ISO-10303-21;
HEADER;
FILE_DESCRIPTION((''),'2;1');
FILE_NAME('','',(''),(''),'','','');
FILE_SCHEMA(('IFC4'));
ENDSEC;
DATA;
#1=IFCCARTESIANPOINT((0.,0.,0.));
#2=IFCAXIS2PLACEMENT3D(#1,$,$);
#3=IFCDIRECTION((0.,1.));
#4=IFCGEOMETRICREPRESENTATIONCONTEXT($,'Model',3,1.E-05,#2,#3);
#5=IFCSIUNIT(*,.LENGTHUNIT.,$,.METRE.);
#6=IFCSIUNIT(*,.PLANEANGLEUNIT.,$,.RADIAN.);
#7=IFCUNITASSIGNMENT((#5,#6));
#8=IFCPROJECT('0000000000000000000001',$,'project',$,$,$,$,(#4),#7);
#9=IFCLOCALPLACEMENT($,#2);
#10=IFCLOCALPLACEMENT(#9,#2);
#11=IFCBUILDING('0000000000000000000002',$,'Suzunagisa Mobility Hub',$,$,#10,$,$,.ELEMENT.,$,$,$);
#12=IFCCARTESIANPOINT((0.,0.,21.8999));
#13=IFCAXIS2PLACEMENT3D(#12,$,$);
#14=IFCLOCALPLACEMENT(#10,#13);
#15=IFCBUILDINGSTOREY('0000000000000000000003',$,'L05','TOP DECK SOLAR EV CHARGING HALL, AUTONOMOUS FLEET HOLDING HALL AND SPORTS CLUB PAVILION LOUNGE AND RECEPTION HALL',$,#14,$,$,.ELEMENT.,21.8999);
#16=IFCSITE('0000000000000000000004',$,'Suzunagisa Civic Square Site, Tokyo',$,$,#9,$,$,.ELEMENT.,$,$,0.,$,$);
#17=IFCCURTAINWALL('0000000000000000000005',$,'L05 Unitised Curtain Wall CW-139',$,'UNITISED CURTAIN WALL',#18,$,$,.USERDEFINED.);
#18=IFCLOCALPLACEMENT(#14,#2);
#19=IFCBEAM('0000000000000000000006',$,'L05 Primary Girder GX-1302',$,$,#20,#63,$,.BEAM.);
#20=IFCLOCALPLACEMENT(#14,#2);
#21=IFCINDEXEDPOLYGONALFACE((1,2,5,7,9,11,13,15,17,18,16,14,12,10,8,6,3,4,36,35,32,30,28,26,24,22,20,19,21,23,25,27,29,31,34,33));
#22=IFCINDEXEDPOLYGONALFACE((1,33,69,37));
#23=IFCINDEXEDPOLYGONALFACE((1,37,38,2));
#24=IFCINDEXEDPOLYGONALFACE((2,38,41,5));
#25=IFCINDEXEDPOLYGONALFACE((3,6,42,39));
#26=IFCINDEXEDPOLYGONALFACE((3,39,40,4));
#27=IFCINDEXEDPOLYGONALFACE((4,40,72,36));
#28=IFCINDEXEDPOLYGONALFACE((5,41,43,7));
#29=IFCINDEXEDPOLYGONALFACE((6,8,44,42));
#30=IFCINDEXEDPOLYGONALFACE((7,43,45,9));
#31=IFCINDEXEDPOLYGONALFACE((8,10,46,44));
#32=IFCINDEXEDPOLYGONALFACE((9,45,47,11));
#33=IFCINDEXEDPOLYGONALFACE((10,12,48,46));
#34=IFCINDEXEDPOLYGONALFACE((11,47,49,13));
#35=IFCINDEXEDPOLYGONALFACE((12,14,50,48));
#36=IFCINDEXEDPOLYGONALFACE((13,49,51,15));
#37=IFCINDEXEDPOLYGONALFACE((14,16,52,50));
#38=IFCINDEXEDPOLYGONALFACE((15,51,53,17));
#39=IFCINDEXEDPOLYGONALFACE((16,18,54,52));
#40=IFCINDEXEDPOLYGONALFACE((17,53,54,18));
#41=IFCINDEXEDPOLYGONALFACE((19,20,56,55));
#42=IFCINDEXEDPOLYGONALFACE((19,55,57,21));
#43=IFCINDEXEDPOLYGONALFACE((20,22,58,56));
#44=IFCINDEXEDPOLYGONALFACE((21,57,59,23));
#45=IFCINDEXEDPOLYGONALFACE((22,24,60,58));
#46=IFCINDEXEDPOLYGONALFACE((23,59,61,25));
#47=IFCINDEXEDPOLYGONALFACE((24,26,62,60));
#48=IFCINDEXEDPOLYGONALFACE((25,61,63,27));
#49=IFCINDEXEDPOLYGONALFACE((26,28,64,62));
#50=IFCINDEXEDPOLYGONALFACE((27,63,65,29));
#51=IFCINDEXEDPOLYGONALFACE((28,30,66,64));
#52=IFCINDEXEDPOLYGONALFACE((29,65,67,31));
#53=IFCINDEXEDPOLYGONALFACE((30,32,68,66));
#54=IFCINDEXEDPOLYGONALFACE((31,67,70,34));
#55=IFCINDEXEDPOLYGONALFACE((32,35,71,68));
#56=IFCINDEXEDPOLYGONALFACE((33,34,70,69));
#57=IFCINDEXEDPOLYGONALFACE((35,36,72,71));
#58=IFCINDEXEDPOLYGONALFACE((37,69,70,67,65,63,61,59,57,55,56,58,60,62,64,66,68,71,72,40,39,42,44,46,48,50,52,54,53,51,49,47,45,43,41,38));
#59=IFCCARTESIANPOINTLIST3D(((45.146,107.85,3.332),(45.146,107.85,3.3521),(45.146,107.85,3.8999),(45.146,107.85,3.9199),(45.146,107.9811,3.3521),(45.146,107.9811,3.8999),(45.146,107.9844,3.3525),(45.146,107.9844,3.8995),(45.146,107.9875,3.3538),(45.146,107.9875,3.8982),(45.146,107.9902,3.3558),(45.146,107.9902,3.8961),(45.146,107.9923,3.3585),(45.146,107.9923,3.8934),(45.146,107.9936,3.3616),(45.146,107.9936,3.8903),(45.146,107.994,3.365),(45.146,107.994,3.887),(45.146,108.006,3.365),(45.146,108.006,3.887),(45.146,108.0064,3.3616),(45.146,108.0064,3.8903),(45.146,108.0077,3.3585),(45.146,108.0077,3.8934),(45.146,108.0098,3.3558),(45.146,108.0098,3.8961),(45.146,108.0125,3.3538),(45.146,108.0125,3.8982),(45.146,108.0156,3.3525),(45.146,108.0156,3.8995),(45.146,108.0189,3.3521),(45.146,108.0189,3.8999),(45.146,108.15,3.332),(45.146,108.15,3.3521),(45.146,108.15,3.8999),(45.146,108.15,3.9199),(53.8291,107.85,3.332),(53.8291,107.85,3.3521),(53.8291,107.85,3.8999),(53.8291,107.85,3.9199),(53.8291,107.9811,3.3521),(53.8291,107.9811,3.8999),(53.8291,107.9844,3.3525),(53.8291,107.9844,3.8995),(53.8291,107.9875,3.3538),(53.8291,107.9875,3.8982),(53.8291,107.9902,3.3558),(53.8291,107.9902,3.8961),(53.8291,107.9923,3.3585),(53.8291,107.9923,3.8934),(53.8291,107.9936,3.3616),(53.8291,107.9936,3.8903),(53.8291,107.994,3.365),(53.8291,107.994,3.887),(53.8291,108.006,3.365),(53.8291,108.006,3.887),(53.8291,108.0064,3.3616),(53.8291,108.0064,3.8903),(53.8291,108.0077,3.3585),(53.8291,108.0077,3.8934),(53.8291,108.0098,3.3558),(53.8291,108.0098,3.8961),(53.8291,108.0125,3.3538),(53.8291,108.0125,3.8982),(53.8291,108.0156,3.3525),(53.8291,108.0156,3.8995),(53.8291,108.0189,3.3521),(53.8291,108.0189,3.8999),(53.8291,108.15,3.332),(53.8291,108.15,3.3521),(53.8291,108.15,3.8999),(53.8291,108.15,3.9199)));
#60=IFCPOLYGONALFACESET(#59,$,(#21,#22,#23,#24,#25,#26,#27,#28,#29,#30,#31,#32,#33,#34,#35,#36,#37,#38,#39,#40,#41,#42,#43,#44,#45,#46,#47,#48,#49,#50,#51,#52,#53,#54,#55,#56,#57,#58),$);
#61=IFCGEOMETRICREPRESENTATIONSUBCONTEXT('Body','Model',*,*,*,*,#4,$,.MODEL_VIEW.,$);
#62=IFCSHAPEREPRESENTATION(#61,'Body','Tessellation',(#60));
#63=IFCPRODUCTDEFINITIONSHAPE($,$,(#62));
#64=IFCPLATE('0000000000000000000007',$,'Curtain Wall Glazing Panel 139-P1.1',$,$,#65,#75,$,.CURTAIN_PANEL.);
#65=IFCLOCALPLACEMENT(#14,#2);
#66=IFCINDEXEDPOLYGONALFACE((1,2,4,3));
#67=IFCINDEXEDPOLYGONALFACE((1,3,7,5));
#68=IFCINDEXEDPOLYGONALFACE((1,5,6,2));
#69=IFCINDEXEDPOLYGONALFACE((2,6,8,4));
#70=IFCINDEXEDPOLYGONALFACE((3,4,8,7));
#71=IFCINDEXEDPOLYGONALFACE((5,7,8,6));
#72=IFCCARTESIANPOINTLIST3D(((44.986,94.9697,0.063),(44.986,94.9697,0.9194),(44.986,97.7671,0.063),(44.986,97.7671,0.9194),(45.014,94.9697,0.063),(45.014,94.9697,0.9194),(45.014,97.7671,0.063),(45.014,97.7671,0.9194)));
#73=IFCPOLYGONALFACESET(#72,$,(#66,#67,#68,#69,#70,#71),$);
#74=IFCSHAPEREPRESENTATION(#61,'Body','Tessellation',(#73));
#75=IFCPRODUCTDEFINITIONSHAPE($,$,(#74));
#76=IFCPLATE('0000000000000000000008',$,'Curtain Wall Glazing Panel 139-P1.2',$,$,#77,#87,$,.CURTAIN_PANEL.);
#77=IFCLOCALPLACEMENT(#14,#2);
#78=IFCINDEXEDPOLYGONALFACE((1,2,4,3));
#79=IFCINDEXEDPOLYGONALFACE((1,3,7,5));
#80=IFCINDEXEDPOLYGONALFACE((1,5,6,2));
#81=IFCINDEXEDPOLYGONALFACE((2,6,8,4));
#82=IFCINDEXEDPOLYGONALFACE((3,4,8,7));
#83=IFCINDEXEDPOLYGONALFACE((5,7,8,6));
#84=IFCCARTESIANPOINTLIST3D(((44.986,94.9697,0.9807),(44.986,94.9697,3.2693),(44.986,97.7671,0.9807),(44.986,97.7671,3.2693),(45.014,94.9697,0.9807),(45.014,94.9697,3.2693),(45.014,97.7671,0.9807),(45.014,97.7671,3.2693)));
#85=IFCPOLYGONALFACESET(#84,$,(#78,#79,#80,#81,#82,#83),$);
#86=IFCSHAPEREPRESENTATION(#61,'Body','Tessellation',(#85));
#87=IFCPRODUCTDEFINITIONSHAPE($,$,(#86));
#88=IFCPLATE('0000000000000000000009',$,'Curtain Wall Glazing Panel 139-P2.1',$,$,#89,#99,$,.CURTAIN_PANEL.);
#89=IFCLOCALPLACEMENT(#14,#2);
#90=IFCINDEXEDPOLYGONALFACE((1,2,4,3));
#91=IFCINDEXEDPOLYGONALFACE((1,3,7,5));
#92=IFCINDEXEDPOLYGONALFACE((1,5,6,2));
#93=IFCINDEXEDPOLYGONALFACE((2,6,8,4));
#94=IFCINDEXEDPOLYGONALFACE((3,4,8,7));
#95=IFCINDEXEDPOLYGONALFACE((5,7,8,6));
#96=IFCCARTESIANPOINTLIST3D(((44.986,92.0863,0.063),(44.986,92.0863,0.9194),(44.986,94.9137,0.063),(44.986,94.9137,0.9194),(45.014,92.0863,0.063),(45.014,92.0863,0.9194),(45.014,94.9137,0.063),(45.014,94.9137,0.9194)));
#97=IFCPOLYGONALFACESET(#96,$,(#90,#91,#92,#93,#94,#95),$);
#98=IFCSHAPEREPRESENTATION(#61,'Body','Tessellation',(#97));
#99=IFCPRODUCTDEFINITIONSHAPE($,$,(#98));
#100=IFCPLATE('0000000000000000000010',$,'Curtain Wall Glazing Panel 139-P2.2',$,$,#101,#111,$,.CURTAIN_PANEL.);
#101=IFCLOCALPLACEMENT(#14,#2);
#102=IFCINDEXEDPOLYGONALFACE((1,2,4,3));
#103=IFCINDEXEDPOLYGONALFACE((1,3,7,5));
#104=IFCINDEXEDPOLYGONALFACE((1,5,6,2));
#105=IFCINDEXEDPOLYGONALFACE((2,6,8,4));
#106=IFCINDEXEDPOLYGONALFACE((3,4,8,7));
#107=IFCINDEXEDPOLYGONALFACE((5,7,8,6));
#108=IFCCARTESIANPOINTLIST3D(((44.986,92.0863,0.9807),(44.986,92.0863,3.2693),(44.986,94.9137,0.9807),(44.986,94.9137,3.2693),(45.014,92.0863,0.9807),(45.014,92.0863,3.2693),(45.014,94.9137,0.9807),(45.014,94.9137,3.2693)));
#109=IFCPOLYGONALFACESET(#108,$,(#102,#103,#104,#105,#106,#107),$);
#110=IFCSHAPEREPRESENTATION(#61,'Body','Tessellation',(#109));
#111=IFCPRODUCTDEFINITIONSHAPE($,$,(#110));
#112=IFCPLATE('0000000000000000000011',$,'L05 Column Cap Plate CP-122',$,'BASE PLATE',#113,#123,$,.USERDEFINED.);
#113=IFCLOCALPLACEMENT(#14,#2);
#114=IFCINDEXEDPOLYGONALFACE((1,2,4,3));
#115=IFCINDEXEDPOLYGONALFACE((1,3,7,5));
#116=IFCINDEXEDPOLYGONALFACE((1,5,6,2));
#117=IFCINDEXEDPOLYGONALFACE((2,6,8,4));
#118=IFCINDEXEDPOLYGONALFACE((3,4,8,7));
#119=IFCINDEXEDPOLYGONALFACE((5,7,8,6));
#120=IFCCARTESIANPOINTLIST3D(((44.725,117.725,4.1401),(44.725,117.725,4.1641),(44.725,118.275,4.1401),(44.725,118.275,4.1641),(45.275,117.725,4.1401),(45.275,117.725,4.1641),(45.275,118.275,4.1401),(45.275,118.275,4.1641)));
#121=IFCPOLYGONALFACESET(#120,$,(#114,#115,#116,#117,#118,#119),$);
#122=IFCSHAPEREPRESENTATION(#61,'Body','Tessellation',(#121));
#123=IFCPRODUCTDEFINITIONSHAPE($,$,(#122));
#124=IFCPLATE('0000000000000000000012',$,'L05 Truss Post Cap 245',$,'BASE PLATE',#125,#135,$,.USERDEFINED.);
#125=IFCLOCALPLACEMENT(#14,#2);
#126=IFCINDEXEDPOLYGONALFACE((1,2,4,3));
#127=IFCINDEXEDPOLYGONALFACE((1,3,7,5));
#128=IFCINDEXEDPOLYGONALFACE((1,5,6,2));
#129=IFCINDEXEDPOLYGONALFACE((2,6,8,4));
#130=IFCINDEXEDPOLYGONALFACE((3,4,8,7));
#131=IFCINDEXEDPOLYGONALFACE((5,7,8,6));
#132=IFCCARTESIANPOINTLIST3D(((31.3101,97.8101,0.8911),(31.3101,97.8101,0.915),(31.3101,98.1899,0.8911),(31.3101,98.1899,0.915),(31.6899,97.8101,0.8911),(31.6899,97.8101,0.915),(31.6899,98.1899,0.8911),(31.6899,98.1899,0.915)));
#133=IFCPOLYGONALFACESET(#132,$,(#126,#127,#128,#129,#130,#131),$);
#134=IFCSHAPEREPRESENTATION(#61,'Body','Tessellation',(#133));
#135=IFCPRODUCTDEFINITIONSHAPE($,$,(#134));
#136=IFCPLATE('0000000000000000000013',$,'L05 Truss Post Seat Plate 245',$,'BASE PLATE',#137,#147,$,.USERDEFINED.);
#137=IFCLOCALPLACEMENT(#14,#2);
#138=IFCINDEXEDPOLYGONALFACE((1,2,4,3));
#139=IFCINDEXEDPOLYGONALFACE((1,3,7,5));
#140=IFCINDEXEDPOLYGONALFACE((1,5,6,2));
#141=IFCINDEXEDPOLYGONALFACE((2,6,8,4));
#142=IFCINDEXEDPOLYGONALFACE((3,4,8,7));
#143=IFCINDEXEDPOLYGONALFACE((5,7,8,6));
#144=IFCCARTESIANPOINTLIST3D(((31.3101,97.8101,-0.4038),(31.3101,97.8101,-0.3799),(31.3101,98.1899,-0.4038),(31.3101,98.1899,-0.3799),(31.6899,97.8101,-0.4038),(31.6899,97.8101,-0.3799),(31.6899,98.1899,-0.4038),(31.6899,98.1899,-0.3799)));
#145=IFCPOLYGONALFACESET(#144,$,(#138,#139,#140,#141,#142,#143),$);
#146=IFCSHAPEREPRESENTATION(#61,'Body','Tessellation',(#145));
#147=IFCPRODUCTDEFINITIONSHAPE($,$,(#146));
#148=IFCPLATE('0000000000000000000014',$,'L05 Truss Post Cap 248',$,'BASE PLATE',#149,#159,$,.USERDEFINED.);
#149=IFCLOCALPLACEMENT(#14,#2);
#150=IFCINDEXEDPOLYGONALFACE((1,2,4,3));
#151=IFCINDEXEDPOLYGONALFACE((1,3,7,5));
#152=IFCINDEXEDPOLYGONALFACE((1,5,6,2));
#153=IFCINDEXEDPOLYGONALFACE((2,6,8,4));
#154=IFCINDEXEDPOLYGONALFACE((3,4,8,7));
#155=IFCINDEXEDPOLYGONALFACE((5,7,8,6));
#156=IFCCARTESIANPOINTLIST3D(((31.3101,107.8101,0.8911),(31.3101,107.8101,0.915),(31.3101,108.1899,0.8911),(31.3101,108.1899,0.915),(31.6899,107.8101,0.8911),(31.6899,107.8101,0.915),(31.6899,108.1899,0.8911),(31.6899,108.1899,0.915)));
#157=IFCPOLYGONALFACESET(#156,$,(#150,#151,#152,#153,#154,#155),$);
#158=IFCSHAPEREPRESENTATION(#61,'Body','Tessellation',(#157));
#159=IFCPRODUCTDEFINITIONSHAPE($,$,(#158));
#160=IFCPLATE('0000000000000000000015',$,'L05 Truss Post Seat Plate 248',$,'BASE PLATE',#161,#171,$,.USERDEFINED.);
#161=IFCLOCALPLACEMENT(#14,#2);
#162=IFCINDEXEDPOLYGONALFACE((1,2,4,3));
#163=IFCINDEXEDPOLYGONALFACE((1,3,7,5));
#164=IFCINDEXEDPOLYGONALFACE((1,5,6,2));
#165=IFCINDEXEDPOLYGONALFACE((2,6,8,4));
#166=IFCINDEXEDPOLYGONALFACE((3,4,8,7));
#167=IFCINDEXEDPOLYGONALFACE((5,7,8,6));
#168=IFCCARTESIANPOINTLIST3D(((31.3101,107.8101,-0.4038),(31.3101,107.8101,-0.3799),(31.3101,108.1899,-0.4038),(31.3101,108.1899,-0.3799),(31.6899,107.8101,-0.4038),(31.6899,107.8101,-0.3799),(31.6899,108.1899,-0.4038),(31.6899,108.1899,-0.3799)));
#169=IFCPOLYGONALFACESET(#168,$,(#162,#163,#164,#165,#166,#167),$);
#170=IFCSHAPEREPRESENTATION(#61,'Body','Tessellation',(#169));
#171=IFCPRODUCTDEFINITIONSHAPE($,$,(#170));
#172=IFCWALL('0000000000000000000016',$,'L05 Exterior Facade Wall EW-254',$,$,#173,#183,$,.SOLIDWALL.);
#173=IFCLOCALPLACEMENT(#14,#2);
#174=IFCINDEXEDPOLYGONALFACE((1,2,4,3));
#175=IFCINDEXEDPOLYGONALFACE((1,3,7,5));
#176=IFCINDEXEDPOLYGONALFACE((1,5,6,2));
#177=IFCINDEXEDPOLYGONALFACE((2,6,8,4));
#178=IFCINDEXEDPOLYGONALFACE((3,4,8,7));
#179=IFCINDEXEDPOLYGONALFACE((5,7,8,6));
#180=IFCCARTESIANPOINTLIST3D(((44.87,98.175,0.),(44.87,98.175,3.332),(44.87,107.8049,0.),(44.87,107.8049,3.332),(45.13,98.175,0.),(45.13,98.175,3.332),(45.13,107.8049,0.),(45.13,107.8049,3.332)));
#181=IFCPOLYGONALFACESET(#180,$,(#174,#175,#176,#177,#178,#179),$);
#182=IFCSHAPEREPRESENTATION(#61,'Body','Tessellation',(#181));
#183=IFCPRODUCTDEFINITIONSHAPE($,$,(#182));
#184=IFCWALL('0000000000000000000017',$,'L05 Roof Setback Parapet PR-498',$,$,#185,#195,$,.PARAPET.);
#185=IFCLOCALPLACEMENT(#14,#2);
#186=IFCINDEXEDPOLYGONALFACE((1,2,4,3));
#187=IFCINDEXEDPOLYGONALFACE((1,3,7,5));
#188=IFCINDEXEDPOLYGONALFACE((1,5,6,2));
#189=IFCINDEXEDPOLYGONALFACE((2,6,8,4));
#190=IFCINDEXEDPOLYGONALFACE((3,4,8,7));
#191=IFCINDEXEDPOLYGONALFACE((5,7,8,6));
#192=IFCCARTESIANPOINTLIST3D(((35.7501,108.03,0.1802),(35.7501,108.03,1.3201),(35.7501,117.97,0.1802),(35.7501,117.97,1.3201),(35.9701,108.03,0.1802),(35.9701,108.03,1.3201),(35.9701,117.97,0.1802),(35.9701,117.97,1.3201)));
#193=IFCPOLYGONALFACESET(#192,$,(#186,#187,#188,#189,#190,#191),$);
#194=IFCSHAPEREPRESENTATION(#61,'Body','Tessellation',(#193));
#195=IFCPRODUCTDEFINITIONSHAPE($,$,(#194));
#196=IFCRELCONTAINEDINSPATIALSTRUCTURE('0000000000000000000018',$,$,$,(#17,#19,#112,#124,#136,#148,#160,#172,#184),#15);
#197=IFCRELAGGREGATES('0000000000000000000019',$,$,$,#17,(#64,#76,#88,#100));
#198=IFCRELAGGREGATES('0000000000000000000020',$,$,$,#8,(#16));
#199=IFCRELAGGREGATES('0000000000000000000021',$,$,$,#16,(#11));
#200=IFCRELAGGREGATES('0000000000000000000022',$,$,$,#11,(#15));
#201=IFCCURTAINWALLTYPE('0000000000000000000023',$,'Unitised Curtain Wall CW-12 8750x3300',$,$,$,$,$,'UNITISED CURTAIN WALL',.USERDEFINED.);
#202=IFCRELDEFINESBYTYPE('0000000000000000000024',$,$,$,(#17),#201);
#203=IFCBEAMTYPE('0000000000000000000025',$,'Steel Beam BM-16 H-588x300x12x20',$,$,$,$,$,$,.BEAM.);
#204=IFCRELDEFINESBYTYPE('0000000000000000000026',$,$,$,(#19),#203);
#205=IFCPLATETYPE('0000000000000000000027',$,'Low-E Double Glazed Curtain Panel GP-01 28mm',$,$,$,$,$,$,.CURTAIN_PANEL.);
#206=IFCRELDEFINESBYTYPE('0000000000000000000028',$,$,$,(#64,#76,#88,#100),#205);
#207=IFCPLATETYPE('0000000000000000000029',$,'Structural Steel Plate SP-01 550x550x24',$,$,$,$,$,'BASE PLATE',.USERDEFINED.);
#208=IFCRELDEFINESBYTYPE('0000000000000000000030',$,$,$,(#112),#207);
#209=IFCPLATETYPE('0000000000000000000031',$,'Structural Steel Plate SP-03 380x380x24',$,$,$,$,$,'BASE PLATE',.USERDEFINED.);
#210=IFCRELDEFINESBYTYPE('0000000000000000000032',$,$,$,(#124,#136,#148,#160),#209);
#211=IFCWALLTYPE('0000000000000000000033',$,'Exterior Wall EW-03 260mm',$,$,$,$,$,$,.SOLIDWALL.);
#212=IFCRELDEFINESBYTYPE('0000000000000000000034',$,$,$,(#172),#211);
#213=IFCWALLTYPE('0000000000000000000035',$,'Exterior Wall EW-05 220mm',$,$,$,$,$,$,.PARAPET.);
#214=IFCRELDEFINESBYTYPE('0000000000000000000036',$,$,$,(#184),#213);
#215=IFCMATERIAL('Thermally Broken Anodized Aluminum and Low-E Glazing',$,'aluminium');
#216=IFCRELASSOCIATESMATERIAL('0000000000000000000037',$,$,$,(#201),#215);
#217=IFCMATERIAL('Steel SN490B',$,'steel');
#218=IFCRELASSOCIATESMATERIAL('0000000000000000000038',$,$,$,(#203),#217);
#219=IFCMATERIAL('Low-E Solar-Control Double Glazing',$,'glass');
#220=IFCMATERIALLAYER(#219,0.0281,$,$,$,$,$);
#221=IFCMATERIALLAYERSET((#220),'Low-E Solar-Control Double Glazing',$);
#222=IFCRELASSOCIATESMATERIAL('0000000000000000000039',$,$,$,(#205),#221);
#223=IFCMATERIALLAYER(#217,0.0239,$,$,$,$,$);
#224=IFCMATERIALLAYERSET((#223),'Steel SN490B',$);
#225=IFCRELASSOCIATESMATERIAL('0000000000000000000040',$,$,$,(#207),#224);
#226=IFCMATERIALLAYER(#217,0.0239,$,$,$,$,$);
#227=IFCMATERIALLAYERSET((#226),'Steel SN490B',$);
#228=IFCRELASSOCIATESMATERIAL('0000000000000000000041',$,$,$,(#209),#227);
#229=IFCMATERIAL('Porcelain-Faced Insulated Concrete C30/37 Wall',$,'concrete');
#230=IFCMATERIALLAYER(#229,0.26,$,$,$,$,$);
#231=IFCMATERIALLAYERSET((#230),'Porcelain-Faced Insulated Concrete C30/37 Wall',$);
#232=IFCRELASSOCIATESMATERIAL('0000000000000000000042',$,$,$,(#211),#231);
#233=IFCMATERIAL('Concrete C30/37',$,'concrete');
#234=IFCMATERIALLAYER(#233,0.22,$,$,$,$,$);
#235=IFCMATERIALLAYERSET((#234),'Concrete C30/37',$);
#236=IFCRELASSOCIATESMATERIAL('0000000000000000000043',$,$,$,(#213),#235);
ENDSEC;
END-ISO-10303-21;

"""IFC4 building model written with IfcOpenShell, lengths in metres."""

from ifc_helpers import new_model, si_unit, direction, frame, frame_2d, origin, origin_2d, place, context, subcontext, project, spatial, rectangle, i_section, extrude, material, layer, layer_set, material_profile, profile_set, type_object, element, aggregate, save


model = new_model("IFC4")

# Units and contexts
model_context = context("Model", 3, precision=1e-05, world=origin(), true_north=direction((0.0, 1.0)))
body_context = subcontext(model_context, "Body", "Model", "MODEL_VIEW")
ifc_project = project(units=[si_unit("LENGTHUNIT", "METRE"), si_unit("PLANEANGLEUNIT", "RADIAN")], contexts=[model_context])

# Site, building, storey
site_placement = place(None, origin())
site = spatial("IfcSite", under=ifc_project, at=site_placement, Name="Suzunagisa Civic Square Site, Tokyo", CompositionType="ELEMENT", RefElevation=0.0)
building_placement = place(site_placement, origin())
building = spatial("IfcBuilding", under=site, at=building_placement, Name="Suzunagisa Mobility Hub", CompositionType="ELEMENT")
storey_placement = place(building_placement, frame((0.0, 0.0, 21.8999)))
storey = spatial("IfcBuildingStorey", under=building, at=storey_placement, Name="L05", Description="TOP DECK SOLAR EV CHARGING HALL, AUTONOMOUS FLEET HOLDING HALL AND SPORTS CLUB PAVILION LOUNGE AND RECEPTION HALL", CompositionType="ELEMENT", Elevation=21.8999)

# Shared definitions
ifc_material_1 = material(Name="Steel SN490B", Category="steel")

# Curtain wall
ifc_material_2 = material(Name="Thermally Broken Anodized Aluminum and Low-E Glazing", Category="aluminium")
curtain_wall_type = type_object("IfcCurtainWallType", Name="Unitised Curtain Wall CW-12 8750x3300", ElementType="UNITISED CURTAIN WALL", PredefinedType="USERDEFINED", material=ifc_material_2)
curtain_wall_placement = place(storey_placement, origin())
curtain_wall = element("IfcCurtainWall", 1, at=curtain_wall_placement, inside=storey, type_object=curtain_wall_type, Name="L05 Unitised Curtain Wall CW-139", ObjectType="UNITISED CURTAIN WALL", PredefinedType="USERDEFINED")

# Beam
ifc_material_profile_1 = material_profile(ifc_material_1, i_section(OverallWidth=0.3, OverallDepth=0.5879, WebThickness=0.012, FlangeThickness=0.02, FilletRadius=0.0129, at=origin_2d()), Name="H-588x300x12x20")
ifc_profile_set_1 = profile_set([ifc_material_profile_1], Name="Steel SN490B")
beam_type_1 = type_object("IfcBeamType", Name="Steel Beam BM-16 H-588x300x12x20", PredefinedType="BEAM", material=ifc_profile_set_1)
beam_1_placement = place(storey_placement, frame((45.146, 108.0, 3.626), z_axis=(1.0, 0.0, 0.0), x_axis=(0.0, 1.0, 0.0)))
element("IfcBeam", 2, at=beam_1_placement, inside=storey, type_object=beam_type_1, Name="L05 Primary Girder GX-1302", PredefinedType="BEAM", context=body_context, shape_type="SweptSolid", body=[
    extrude(i_section(OverallWidth=0.3, OverallDepth=0.5879, WebThickness=0.012, FlangeThickness=0.02, FilletRadius=0.0129, at=origin_2d()), origin(), (0.0, 0.0, 1.0), 8.6831),
])

# Plates
ifc_material_3 = material(Name="Low-E Solar-Control Double Glazing", Category="glass")
ifc_layer_1 = layer(ifc_material_3, 0.0281)
ifc_layer_set_1 = layer_set([ifc_layer_1], Name="Low-E Solar-Control Double Glazing")
plate_type_1 = type_object("IfcPlateType", Name="Low-E Double Glazed Curtain Panel GP-01 28mm", PredefinedType="CURTAIN_PANEL", material=ifc_layer_set_1)
plate_1_placement = place(storey_placement, frame((45.0, 96.3684, 0.063), z_axis=(0.0, 0.0, 1.0), x_axis=(0.0, -1.0, 0.0)))
plate_1 = element("IfcPlate", 3, at=plate_1_placement, type_object=plate_type_1, Name="Curtain Wall Glazing Panel 139-P1.1", PredefinedType="CURTAIN_PANEL", context=body_context, shape_type="SweptSolid", body=[
    extrude(rectangle(XDim=2.7974, YDim=0.0281, at=origin_2d()), origin(), (0.0, 0.0, 1.0), 0.8564),
])
plate_2_placement = place(storey_placement, frame((45.0, 96.3684, 0.9807), z_axis=(0.0, 0.0, 1.0), x_axis=(0.0, -1.0, 0.0)))
plate_2 = element("IfcPlate", 4, at=plate_2_placement, type_object=plate_type_1, Name="Curtain Wall Glazing Panel 139-P1.2", PredefinedType="CURTAIN_PANEL", context=body_context, shape_type="SweptSolid", body=[
    extrude(rectangle(XDim=2.7974, YDim=0.0281, at=origin_2d()), origin(), (0.0, 0.0, 1.0), 2.2886),
])
plate_3_placement = place(storey_placement, frame((45.0, 93.5, 0.063), z_axis=(0.0, 0.0, 1.0), x_axis=(0.0, -1.0, 0.0)))
plate_3 = element("IfcPlate", 5, at=plate_3_placement, type_object=plate_type_1, Name="Curtain Wall Glazing Panel 139-P2.1", PredefinedType="CURTAIN_PANEL", context=body_context, shape_type="SweptSolid", body=[
    extrude(rectangle(XDim=2.8274, YDim=0.0281, at=origin_2d()), origin(), (0.0, 0.0, 1.0), 0.8564),
])
plate_4_placement = place(storey_placement, frame((45.0, 93.5, 0.9807), z_axis=(0.0, 0.0, 1.0), x_axis=(0.0, -1.0, 0.0)))
plate_4 = element("IfcPlate", 6, at=plate_4_placement, type_object=plate_type_1, Name="Curtain Wall Glazing Panel 139-P2.2", PredefinedType="CURTAIN_PANEL", context=body_context, shape_type="SweptSolid", body=[
    extrude(rectangle(XDim=2.8274, YDim=0.0281, at=origin_2d()), origin(), (0.0, 0.0, 1.0), 2.2886),
])
aggregate(curtain_wall, [plate_1, plate_2, plate_3, plate_4])

# Plates
ifc_layer_2 = layer(ifc_material_1, 0.0239)
ifc_layer_set_2 = layer_set([ifc_layer_2], Name="Steel SN490B")
plate_type_2 = type_object("IfcPlateType", Name="Structural Steel Plate SP-01 550x550x24", ElementType="BASE PLATE", PredefinedType="USERDEFINED", material=ifc_layer_set_2)
plate_5_placement = place(storey_placement, frame((45.0, 118.0, 4.1401), z_axis=(0.0, 0.0, 1.0), x_axis=(1.0, 0.0, 0.0)))
element("IfcPlate", 7, at=plate_5_placement, inside=storey, type_object=plate_type_2, Name="L05 Column Cap Plate CP-122", ObjectType="BASE PLATE", PredefinedType="USERDEFINED", context=body_context, shape_type="SweptSolid", body=[
    extrude(rectangle(XDim=0.55, YDim=0.55, at=origin_2d()), origin(), (0.0, 0.0, 1.0), 0.0239),
])
ifc_layer_3 = layer(ifc_material_1, 0.0239)
ifc_layer_set_3 = layer_set([ifc_layer_3], Name="Steel SN490B")
plate_type_3 = type_object("IfcPlateType", Name="Structural Steel Plate SP-03 380x380x24", ElementType="BASE PLATE", PredefinedType="USERDEFINED", material=ifc_layer_set_3)
for number, where, z_axis, x_axis, name in (
    (8, (31.5, 98.0, 0.8911), (0.0, 0.0, 1.0), (1.0, 0.0, 0.0), "L05 Truss Post Cap 245"),
    (9, (31.5, 98.0, -0.4038), (0.0, 0.0, 1.0), (1.0, 0.0, 0.0), "L05 Truss Post Seat Plate 245"),
    (10, (31.5, 108.0, 0.8911), (0.0, 0.0, 1.0), (1.0, 0.0, 0.0), "L05 Truss Post Cap 248"),
    (11, (31.5, 108.0, -0.4038), (0.0, 0.0, 1.0), (1.0, 0.0, 0.0), "L05 Truss Post Seat Plate 248"),
):
    element("IfcPlate", number, at=place(storey_placement, frame(where, z_axis=z_axis, x_axis=x_axis)), inside=storey, type_object=plate_type_3, Name=name, ObjectType="BASE PLATE", PredefinedType="USERDEFINED", context=body_context, shape_type="SweptSolid", body=[
        extrude(rectangle(XDim=0.3799, YDim=0.3799, at=origin_2d()), origin(), (0.0, 0.0, 1.0), 0.0239),
    ])

# Walls
ifc_material_4 = material(Name="Porcelain-Faced Insulated Concrete C30/37 Wall", Category="concrete")
ifc_layer_4 = layer(ifc_material_4, 0.26)
ifc_layer_set_4 = layer_set([ifc_layer_4], Name="Porcelain-Faced Insulated Concrete C30/37 Wall")
wall_type_1 = type_object("IfcWallType", Name="Exterior Wall EW-03 260mm", PredefinedType="SOLIDWALL", material=ifc_layer_set_4)
wall_1_placement = place(storey_placement, frame((45.0, 107.8049, 0.0), z_axis=(0.0, 0.0, 1.0), x_axis=(0.0, -1.0, 0.0)))
element("IfcWall", 12, at=wall_1_placement, inside=storey, type_object=wall_type_1, Name="L05 Exterior Facade Wall EW-254", PredefinedType="SOLIDWALL", context=body_context, shape_type="SweptSolid", body=[
    extrude(rectangle(XDim=9.6299, YDim=0.26, at=frame_2d((4.8149, 0.0))), origin(), (0.0, 0.0, 1.0), 3.332),
])
ifc_material_5 = material(Name="Concrete C30/37", Category="concrete")
ifc_layer_5 = layer(ifc_material_5, 0.22)
ifc_layer_set_5 = layer_set([ifc_layer_5], Name="Concrete C30/37")
wall_type_2 = type_object("IfcWallType", Name="Exterior Wall EW-05 220mm", PredefinedType="PARAPET", material=ifc_layer_set_5)
wall_2_placement = place(storey_placement, frame((35.8601, 117.97, 0.1802), z_axis=(0.0, 0.0, 1.0), x_axis=(0.0, -1.0, 0.0)))
element("IfcWall", 13, at=wall_2_placement, inside=storey, type_object=wall_type_2, Name="L05 Roof Setback Parapet PR-498", PredefinedType="PARAPET", context=body_context, shape_type="SweptSolid", body=[
    extrude(rectangle(XDim=9.9399, YDim=0.22, at=frame_2d((4.97, 0.0))), origin(), (0.0, 0.0, 1.0), 1.1399),
])

save(model, "model.ifc")
